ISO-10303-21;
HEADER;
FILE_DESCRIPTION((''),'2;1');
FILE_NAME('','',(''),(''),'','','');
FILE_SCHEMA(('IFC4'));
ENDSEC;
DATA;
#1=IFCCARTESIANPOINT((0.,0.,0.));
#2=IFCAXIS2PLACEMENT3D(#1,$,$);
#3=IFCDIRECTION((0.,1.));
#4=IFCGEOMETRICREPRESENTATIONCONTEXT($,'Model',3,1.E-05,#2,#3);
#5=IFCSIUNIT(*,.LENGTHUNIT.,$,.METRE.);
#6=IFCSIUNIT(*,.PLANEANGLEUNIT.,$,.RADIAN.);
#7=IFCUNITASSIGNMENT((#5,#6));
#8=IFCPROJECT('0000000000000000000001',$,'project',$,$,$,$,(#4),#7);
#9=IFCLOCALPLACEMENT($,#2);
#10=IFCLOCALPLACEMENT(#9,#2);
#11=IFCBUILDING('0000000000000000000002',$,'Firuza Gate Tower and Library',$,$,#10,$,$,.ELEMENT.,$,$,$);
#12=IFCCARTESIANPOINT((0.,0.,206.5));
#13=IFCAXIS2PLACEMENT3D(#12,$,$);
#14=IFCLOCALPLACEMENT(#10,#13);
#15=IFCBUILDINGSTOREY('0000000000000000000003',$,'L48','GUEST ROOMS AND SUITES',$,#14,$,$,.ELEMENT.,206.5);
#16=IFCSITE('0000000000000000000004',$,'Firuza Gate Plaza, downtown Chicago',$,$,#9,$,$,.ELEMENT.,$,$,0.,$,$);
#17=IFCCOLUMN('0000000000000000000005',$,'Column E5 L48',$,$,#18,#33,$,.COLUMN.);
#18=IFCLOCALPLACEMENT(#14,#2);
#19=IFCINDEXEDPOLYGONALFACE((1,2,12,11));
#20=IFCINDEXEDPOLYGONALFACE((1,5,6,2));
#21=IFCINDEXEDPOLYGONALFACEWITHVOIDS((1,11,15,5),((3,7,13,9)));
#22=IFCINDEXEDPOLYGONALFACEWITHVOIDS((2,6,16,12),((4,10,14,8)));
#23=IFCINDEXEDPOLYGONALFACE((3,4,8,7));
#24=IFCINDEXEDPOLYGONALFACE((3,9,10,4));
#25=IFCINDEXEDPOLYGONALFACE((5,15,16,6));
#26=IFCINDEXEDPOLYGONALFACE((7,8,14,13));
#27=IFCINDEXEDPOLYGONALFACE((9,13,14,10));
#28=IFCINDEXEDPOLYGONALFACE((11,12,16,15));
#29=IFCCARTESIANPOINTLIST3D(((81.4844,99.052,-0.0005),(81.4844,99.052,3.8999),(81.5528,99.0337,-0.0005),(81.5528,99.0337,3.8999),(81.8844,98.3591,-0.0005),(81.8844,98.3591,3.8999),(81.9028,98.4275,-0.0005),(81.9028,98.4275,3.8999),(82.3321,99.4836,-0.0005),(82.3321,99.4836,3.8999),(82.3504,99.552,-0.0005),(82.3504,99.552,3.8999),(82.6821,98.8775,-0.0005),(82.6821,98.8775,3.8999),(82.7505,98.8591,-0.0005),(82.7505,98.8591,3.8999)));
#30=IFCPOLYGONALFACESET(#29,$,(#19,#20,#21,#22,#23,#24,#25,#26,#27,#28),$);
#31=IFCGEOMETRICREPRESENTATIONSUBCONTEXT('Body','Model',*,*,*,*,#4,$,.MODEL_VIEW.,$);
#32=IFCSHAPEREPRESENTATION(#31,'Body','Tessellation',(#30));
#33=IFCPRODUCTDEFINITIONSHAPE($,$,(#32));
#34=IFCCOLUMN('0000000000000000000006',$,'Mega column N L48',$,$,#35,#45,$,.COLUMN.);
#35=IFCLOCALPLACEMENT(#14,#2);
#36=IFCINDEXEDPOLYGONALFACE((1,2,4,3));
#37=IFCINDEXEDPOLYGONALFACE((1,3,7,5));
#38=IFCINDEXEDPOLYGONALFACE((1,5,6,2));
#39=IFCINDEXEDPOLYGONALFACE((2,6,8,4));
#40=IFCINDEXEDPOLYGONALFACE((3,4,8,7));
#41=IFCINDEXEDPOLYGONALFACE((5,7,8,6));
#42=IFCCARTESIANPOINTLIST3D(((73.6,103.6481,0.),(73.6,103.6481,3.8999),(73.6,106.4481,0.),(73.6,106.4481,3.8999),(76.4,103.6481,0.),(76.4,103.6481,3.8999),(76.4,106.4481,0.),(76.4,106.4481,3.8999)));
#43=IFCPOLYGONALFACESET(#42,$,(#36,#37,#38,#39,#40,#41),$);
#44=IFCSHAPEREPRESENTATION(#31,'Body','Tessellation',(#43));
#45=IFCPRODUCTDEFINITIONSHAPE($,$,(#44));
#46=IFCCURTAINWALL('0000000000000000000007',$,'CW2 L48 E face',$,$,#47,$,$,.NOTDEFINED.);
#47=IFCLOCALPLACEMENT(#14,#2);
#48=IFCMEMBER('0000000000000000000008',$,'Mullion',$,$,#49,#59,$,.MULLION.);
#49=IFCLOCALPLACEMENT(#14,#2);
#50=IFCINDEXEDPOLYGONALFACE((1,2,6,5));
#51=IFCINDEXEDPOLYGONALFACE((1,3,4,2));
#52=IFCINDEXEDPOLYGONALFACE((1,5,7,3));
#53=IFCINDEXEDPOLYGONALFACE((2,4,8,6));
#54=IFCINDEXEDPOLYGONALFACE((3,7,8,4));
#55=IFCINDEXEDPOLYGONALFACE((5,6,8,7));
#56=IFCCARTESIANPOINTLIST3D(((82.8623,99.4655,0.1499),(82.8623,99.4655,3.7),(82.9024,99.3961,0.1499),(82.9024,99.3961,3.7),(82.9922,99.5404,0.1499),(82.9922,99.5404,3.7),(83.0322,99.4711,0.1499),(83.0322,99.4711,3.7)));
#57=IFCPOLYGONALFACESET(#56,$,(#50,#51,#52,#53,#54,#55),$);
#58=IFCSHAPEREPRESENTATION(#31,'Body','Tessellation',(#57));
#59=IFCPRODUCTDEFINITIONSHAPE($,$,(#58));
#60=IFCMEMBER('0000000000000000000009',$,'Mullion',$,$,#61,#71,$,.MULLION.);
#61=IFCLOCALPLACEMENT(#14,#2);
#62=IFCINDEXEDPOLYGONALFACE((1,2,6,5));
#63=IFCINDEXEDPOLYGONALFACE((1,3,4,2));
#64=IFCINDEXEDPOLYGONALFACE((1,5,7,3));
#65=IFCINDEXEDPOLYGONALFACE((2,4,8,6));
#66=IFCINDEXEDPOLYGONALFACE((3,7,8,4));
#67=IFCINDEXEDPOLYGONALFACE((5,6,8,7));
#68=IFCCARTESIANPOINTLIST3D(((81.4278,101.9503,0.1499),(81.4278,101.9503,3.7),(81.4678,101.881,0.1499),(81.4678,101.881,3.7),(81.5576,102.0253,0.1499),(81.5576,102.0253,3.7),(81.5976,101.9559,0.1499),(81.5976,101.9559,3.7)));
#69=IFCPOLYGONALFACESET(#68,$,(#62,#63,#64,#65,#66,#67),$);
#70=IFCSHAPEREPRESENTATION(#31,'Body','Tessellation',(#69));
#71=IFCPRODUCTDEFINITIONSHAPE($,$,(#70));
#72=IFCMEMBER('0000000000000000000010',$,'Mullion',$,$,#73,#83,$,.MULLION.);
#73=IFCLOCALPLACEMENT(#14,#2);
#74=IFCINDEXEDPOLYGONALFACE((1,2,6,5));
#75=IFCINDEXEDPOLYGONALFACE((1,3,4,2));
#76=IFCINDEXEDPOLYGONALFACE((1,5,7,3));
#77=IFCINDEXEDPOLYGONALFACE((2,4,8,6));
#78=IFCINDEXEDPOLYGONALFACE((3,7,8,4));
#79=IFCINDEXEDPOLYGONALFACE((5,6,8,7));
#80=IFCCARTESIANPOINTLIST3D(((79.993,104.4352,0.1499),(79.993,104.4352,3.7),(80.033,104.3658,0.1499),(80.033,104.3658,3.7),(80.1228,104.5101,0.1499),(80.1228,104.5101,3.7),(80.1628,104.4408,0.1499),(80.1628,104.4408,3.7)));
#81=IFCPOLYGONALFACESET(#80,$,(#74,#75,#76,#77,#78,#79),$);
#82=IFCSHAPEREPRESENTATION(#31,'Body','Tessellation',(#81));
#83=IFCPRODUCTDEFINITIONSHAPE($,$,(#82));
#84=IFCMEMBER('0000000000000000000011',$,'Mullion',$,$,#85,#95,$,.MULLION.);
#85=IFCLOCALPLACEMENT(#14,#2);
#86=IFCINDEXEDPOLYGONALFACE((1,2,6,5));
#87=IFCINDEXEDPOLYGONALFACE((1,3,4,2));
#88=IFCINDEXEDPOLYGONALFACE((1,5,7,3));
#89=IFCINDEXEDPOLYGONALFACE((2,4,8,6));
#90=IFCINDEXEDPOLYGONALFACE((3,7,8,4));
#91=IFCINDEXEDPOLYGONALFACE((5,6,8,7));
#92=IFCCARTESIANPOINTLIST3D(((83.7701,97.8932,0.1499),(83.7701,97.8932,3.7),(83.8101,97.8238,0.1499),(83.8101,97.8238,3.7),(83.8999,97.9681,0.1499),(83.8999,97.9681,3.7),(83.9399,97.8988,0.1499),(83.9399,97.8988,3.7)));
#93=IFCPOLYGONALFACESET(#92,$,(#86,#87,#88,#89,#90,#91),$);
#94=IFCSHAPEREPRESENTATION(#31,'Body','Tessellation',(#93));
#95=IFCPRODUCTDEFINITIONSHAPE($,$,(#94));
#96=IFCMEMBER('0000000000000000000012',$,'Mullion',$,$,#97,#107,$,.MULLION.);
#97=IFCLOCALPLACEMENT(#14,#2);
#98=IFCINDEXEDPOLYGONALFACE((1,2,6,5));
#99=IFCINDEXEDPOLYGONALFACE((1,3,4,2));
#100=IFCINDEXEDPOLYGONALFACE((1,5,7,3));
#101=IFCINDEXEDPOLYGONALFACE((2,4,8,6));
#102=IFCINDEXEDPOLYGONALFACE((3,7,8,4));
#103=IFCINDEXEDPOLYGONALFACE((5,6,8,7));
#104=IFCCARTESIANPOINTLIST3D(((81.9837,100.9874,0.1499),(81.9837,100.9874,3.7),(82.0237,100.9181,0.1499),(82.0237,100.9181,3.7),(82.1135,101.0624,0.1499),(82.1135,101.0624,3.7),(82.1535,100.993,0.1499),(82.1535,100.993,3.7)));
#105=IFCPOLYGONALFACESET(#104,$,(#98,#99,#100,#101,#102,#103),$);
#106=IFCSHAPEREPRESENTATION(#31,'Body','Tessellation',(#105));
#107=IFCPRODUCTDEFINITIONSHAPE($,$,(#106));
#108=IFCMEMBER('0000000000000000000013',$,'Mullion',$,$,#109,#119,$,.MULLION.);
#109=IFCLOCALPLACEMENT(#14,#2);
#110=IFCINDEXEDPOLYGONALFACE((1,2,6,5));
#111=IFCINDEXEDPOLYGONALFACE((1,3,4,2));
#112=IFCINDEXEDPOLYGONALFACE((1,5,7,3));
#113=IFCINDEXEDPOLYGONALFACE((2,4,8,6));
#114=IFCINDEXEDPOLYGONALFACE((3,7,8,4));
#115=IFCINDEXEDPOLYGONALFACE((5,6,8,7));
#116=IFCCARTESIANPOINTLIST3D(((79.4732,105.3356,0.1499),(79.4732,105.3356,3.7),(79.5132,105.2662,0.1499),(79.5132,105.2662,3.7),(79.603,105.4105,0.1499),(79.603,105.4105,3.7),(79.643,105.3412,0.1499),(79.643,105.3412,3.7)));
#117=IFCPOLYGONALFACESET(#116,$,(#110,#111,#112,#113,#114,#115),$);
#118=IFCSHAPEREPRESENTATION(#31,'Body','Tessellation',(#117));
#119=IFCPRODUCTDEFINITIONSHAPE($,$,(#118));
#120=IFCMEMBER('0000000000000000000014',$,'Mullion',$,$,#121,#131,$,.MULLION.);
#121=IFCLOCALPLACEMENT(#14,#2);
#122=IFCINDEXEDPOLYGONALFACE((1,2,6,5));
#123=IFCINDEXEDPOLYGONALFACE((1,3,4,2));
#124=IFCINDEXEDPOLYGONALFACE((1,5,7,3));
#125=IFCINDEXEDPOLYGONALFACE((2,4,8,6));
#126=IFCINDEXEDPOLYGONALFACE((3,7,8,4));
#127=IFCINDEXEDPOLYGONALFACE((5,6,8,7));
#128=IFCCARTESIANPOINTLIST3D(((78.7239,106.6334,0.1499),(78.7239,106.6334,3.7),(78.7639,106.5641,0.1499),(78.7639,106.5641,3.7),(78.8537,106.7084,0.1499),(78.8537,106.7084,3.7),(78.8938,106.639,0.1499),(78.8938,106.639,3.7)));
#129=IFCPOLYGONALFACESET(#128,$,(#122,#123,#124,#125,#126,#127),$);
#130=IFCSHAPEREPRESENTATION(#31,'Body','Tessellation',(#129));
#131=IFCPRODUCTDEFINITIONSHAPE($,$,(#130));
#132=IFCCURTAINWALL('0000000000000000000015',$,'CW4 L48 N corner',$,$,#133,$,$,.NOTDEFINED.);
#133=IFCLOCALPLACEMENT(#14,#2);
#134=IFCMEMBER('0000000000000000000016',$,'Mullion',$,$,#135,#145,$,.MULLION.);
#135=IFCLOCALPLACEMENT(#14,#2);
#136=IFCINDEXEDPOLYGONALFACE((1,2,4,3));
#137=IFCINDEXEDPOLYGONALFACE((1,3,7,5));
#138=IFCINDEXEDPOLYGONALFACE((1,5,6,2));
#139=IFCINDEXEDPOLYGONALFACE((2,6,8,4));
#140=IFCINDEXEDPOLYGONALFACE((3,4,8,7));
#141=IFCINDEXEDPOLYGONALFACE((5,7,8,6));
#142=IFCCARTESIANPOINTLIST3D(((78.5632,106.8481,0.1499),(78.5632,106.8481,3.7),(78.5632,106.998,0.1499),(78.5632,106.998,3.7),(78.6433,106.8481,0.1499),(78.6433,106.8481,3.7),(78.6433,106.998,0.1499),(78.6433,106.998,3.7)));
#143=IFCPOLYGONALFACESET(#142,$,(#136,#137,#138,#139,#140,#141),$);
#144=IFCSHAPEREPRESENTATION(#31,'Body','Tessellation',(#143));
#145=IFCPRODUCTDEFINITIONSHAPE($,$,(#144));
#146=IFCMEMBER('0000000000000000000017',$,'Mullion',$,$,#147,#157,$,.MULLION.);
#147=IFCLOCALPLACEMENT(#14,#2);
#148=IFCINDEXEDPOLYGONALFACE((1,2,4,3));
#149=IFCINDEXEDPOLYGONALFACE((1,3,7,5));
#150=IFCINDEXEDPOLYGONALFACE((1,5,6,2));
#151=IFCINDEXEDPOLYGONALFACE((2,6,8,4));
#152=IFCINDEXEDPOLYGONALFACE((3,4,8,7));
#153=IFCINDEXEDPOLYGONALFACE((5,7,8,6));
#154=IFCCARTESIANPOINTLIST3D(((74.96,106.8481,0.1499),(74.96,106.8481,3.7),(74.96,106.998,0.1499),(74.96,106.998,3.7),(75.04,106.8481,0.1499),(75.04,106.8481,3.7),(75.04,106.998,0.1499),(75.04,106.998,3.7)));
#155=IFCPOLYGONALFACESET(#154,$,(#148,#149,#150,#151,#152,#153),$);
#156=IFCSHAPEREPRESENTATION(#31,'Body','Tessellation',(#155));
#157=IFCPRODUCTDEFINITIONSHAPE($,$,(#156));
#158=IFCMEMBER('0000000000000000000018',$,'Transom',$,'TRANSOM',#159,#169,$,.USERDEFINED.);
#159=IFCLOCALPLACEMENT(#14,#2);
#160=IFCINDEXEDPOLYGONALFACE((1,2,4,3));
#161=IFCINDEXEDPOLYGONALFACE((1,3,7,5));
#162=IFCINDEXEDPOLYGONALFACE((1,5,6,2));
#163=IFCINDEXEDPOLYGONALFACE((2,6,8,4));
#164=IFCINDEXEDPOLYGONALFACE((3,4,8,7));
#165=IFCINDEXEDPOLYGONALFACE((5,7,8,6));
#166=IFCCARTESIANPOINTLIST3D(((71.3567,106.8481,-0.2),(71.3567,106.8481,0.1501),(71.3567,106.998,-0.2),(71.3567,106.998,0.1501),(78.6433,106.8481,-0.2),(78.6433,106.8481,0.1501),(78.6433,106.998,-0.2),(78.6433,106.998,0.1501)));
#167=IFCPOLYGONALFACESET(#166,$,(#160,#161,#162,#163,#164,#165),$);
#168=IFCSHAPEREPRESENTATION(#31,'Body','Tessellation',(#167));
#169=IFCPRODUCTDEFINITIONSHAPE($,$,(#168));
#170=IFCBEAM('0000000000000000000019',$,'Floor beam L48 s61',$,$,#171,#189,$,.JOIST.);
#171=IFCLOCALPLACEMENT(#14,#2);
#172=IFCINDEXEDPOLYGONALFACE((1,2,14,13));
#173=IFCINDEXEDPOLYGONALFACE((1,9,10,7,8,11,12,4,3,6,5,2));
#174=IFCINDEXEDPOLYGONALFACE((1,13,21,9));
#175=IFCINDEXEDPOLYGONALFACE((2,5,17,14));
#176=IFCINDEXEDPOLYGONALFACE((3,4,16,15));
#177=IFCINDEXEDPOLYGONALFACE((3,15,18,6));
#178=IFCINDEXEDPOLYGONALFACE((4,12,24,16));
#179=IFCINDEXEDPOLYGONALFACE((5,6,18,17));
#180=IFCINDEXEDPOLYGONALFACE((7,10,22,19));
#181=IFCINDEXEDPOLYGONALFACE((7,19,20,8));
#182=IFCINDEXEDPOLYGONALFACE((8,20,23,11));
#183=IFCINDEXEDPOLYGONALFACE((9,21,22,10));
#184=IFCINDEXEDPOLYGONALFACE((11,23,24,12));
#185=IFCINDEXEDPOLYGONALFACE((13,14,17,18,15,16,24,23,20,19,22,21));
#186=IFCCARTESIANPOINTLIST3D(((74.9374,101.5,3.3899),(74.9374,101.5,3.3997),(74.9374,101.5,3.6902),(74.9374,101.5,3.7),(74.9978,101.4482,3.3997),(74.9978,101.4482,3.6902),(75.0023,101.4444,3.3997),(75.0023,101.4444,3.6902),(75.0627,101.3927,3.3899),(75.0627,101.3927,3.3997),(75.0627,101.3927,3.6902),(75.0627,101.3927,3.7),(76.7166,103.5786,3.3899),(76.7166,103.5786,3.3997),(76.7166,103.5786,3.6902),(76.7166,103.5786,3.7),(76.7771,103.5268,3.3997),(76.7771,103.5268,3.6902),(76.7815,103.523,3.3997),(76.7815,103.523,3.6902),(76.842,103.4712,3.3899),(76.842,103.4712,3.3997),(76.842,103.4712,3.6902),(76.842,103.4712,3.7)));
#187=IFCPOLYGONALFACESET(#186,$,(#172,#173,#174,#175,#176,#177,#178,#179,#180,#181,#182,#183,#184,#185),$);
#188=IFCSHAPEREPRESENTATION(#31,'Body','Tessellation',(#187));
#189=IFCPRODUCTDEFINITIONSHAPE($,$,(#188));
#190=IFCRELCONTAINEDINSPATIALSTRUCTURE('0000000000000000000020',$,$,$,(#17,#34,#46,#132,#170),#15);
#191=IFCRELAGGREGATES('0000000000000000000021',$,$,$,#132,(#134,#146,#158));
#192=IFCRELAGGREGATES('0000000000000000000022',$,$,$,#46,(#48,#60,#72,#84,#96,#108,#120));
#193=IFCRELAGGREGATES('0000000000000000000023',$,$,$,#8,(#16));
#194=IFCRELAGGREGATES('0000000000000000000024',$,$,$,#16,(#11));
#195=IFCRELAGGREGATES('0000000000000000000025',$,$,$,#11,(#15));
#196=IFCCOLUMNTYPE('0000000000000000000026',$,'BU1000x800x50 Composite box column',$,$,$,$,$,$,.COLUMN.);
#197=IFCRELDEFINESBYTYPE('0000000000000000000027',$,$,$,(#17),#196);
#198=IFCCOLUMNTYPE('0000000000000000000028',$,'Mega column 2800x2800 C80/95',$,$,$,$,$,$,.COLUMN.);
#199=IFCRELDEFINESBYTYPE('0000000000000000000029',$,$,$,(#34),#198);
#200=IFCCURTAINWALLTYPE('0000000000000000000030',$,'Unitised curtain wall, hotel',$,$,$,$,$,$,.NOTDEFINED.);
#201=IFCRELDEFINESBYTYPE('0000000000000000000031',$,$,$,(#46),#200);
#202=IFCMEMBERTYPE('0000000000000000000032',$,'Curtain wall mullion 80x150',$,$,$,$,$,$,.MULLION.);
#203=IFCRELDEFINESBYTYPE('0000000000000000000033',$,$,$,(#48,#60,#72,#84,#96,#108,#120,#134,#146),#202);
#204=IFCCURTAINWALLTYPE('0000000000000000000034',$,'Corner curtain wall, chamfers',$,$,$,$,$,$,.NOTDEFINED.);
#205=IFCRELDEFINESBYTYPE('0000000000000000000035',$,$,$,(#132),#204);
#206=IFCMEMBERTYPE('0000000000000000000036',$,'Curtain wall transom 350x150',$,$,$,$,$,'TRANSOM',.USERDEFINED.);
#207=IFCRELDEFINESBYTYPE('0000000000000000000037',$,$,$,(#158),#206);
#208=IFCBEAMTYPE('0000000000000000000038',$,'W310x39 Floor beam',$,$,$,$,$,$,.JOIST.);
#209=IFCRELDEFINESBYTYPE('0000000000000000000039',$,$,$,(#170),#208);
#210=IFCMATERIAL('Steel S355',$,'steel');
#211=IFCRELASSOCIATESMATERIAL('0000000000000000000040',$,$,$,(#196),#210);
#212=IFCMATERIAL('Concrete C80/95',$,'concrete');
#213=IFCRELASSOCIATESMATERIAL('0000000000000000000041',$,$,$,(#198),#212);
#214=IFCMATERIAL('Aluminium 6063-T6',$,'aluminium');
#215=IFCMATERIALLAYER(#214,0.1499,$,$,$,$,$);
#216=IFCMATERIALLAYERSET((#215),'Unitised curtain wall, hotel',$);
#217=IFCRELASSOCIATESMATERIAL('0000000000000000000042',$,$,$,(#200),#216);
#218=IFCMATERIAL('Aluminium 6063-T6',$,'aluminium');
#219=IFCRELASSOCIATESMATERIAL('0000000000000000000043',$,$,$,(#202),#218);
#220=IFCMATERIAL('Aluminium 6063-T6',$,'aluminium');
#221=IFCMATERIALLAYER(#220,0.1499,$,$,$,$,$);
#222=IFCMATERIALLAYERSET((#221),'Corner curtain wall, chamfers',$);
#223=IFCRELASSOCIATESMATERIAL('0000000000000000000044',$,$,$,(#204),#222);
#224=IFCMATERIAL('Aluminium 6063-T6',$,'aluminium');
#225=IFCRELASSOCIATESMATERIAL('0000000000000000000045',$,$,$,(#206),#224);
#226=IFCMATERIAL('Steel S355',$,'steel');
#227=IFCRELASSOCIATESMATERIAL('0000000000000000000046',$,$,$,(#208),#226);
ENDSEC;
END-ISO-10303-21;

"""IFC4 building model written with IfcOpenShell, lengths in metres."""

from ifc_helpers import new_model, si_unit, direction, frame, origin, origin_2d, place, context, subcontext, project, spatial, rectangle, hollow_rectangle, i_section, extrude, material, layer, layer_set, material_profile, profile_set, type_object, element, aggregate, save


model = new_model("IFC4")

# Units and contexts
model_context = context("Model", 3, precision=1e-05, world=origin(), true_north=direction((0.0, 1.0)))
body_context = subcontext(model_context, "Body", "Model", "MODEL_VIEW")
ifc_project = project(units=[si_unit("LENGTHUNIT", "METRE"), si_unit("PLANEANGLEUNIT", "RADIAN")], contexts=[model_context])

# Site, building, storey
site_placement = place(None, origin())
site = spatial("IfcSite", under=ifc_project, at=site_placement, Name="Firuza Gate Plaza, downtown Chicago", CompositionType="ELEMENT", RefElevation=0.0)
building_placement = place(site_placement, origin())
building = spatial("IfcBuilding", under=site, at=building_placement, Name="Firuza Gate Tower and Library", CompositionType="ELEMENT")
storey_placement = place(building_placement, frame((0.0, 0.0, 206.5)))
storey = spatial("IfcBuildingStorey", under=building, at=storey_placement, Name="L48", Description="GUEST ROOMS AND SUITES", CompositionType="ELEMENT", Elevation=206.5)

# Columns
ifc_material_1 = material(Name="Steel S355", Category="steel")
ifc_material_profile_1 = material_profile(ifc_material_1, hollow_rectangle(XDim=0.8, YDim=1.0, WallThickness=0.05, at=origin_2d()))
ifc_profile_set_1 = profile_set([ifc_material_profile_1], Name="Steel S355")
column_type_1 = type_object("IfcColumnType", Name="BU1000x800x50 Composite box column", PredefinedType="COLUMN", material=ifc_profile_set_1)
column_1_placement = place(storey_placement, frame((82.1174, 98.9556, -0.0005), z_axis=(0.0, 0.0, 1.0), x_axis=(-0.5, 0.866025, 0.0)))
element("IfcColumn", 1, at=column_1_placement, inside=storey, type_object=column_type_1, Name="Column E5 L48", PredefinedType="COLUMN", context=body_context, shape_type="SweptSolid", body=[
    extrude(hollow_rectangle(XDim=0.8, YDim=1.0, WallThickness=0.05, at=origin_2d()), origin(), (0.0, 0.0, 1.0), 3.9004),
])
ifc_material_2 = material(Name="Concrete C80/95", Category="concrete")
ifc_material_profile_2 = material_profile(ifc_material_2, rectangle(XDim=2.8, YDim=2.8, at=origin_2d()))
ifc_profile_set_2 = profile_set([ifc_material_profile_2], Name="Concrete C80/95")
column_type_2 = type_object("IfcColumnType", Name="Mega column 2800x2800 C80/95", PredefinedType="COLUMN", material=ifc_profile_set_2)
column_2_placement = place(storey_placement, frame((75.0, 105.0481, 0.0), z_axis=(0.0, 0.0, 1.0), x_axis=(-1.0, 0.0, 0.0)))
element("IfcColumn", 2, at=column_2_placement, inside=storey, type_object=column_type_2, Name="Mega column N L48", PredefinedType="COLUMN", context=body_context, shape_type="SweptSolid", body=[
    extrude(rectangle(XDim=2.8, YDim=2.8, at=origin_2d()), origin(), (0.0, 0.0, 1.0), 3.8999),
])

# Curtain walls, members
ifc_material_3 = material(Name="Aluminium 6063-T6", Category="aluminium")
ifc_layer_1 = layer(ifc_material_3, 0.1499)
ifc_layer_set_1 = layer_set([ifc_layer_1], Name="Unitised curtain wall, hotel")
curtain_wall_type_1 = type_object("IfcCurtainWallType", Name="Unitised curtain wall, hotel", PredefinedType="NOTDEFINED", material=ifc_layer_set_1)
placement = place(storey_placement, origin())
curtain_wall_1 = element("IfcCurtainWall", 3, at=placement, inside=storey, type_object=curtain_wall_type_1, Name="CW2 L48 E face", PredefinedType="NOTDEFINED")
ifc_material_4 = material(Name="Aluminium 6063-T6", Category="aluminium")
ifc_material_profile_3 = material_profile(ifc_material_4, rectangle(XDim=0.1499, YDim=0.0801, at=origin_2d()))
ifc_profile_set_3 = profile_set([ifc_material_profile_3], Name="Aluminium 6063-T6")
member_type_1 = type_object("IfcMemberType", Name="Curtain wall mullion 80x150", PredefinedType="MULLION", material=ifc_profile_set_3)
member_1_placement = place(storey_placement, frame((82.9473, 99.4683, 0.1499), z_axis=(0.0, 0.0, 1.0), x_axis=(-0.866025, -0.5, 0.0)))
member_1 = element("IfcMember", 4, at=member_1_placement, type_object=member_type_1, Name="Mullion", PredefinedType="MULLION", context=body_context, shape_type="SweptSolid", body=[
    extrude(rectangle(XDim=0.1499, YDim=0.0801, at=origin_2d()), origin(), (0.0, 0.0, 1.0), 3.55),
])
member_2_placement = place(storey_placement, frame((81.5127, 101.9531, 0.1499), z_axis=(0.0, 0.0, 1.0), x_axis=(-0.866025, -0.5, 0.0)))
member_2 = element("IfcMember", 5, at=member_2_placement, type_object=member_type_1, Name="Mullion", PredefinedType="MULLION", context=body_context, shape_type="SweptSolid", body=[
    extrude(rectangle(XDim=0.1499, YDim=0.0801, at=origin_2d()), origin(), (0.0, 0.0, 1.0), 3.55),
])
member_3_placement = place(storey_placement, frame((80.0779, 104.438, 0.1499), z_axis=(0.0, 0.0, 1.0), x_axis=(-0.866025, -0.5, 0.0)))
member_3 = element("IfcMember", 6, at=member_3_placement, type_object=member_type_1, Name="Mullion", PredefinedType="MULLION", context=body_context, shape_type="SweptSolid", body=[
    extrude(rectangle(XDim=0.1499, YDim=0.0801, at=origin_2d()), origin(), (0.0, 0.0, 1.0), 3.55),
])
member_4_placement = place(storey_placement, frame((83.855, 97.896, 0.1499), z_axis=(0.0, 0.0, 1.0), x_axis=(-0.866025, -0.5, 0.0)))
member_4 = element("IfcMember", 7, at=member_4_placement, type_object=member_type_1, Name="Mullion", PredefinedType="MULLION", context=body_context, shape_type="SweptSolid", body=[
    extrude(rectangle(XDim=0.1499, YDim=0.0801, at=origin_2d()), origin(), (0.0, 0.0, 1.0), 3.55),
])
member_5_placement = place(storey_placement, frame((82.0686, 100.9902, 0.1499), z_axis=(0.0, 0.0, 1.0), x_axis=(-0.866025, -0.5, 0.0)))
member_5 = element("IfcMember", 8, at=member_5_placement, type_object=member_type_1, Name="Mullion", PredefinedType="MULLION", context=body_context, shape_type="SweptSolid", body=[
    extrude(rectangle(XDim=0.1499, YDim=0.0801, at=origin_2d()), origin(), (0.0, 0.0, 1.0), 3.55),
])
member_6_placement = place(storey_placement, frame((79.5581, 105.3384, 0.1499), z_axis=(0.0, 0.0, 1.0), x_axis=(-0.866025, -0.5, 0.0)))
member_6 = element("IfcMember", 9, at=member_6_placement, type_object=member_type_1, Name="Mullion", PredefinedType="MULLION", context=body_context, shape_type="SweptSolid", body=[
    extrude(rectangle(XDim=0.1499, YDim=0.0801, at=origin_2d()), origin(), (0.0, 0.0, 1.0), 3.55),
])
member_7_placement = place(storey_placement, frame((78.8088, 106.6362, 0.1499), z_axis=(0.0, 0.0, 1.0), x_axis=(-0.866025, -0.5, 0.0)))
member_7 = element("IfcMember", 10, at=member_7_placement, type_object=member_type_1, Name="Mullion", PredefinedType="MULLION", context=body_context, shape_type="SweptSolid", body=[
    extrude(rectangle(XDim=0.1499, YDim=0.0801, at=origin_2d()), origin(), (0.0, 0.0, 1.0), 3.55),
])
ifc_material_5 = material(Name="Aluminium 6063-T6", Category="aluminium")
ifc_layer_2 = layer(ifc_material_5, 0.1499)
ifc_layer_set_2 = layer_set([ifc_layer_2], Name="Corner curtain wall, chamfers")
curtain_wall_type_2 = type_object("IfcCurtainWallType", Name="Corner curtain wall, chamfers", PredefinedType="NOTDEFINED", material=ifc_layer_set_2)
curtain_wall_2 = element("IfcCurtainWall", 11, at=placement, inside=storey, type_object=curtain_wall_type_2, Name="CW4 L48 N corner", PredefinedType="NOTDEFINED")
member_8_placement = place(storey_placement, frame((78.6033, 106.9231, 0.1499), z_axis=(0.0, 0.0, 1.0), x_axis=(0.0, -1.0, 0.0)))
member_8 = element("IfcMember", 12, at=member_8_placement, type_object=member_type_1, Name="Mullion", PredefinedType="MULLION", context=body_context, shape_type="SweptSolid", body=[
    extrude(rectangle(XDim=0.1499, YDim=0.0801, at=origin_2d()), origin(), (0.0, 0.0, 1.0), 3.55),
])
member_9_placement = place(storey_placement, frame((75.0, 106.9231, 0.1499), z_axis=(0.0, 0.0, 1.0), x_axis=(0.0, -1.0, 0.0)))
member_9 = element("IfcMember", 13, at=member_9_placement, type_object=member_type_1, Name="Mullion", PredefinedType="MULLION", context=body_context, shape_type="SweptSolid", body=[
    extrude(rectangle(XDim=0.1499, YDim=0.0801, at=origin_2d()), origin(), (0.0, 0.0, 1.0), 3.55),
])
ifc_material_6 = material(Name="Aluminium 6063-T6", Category="aluminium")
ifc_material_profile_4 = material_profile(ifc_material_6, rectangle(XDim=0.1499, YDim=0.3501, at=origin_2d()))
ifc_profile_set_4 = profile_set([ifc_material_profile_4], Name="Aluminium 6063-T6")
member_type_2 = type_object("IfcMemberType", Name="Curtain wall transom 350x150", ElementType="TRANSOM", PredefinedType="USERDEFINED", material=ifc_profile_set_4)
member_10_placement = place(storey_placement, frame((78.6433, 106.9231, -0.0249), z_axis=(-1.0, 0.0, 0.0), x_axis=(0.0, -1.0, 0.0)))
member_10 = element("IfcMember", 14, at=member_10_placement, type_object=member_type_2, Name="Transom", ObjectType="TRANSOM", PredefinedType="USERDEFINED", context=body_context, shape_type="SweptSolid", body=[
    extrude(rectangle(XDim=0.1499, YDim=0.3501, at=origin_2d()), origin(), (0.0, 0.0, 1.0), 7.2866),
])

# Beam
ifc_material_7 = material(Name="Steel S355", Category="steel")
ifc_material_profile_5 = material_profile(ifc_material_7, i_section(OverallWidth=0.165, OverallDepth=0.3101, WebThickness=0.0059, FlangeThickness=0.0098, at=origin_2d()))
ifc_profile_set_5 = profile_set([ifc_material_profile_5], Name="Steel S355")
beam_type_1 = type_object("IfcBeamType", Name="W310x39 Floor beam", PredefinedType="JOIST", material=ifc_profile_set_5)
beam_1_placement = place(storey_placement, frame((76.7793, 103.5249, 3.5449), z_axis=(-0.650292, -0.759685, 0.0), x_axis=(0.759685, -0.650292, 0.0)))
element("IfcBeam", 15, at=beam_1_placement, inside=storey, type_object=beam_type_1, Name="Floor beam L48 s61", PredefinedType="JOIST", context=body_context, shape_type="SweptSolid", body=[
    extrude(i_section(OverallWidth=0.165, OverallDepth=0.3101, WebThickness=0.0059, FlangeThickness=0.0098, at=origin_2d()), origin(), (0.0, 0.0, 1.0), 2.7361),
])

aggregate(curtain_wall_2, [member_8, member_9, member_10])
aggregate(curtain_wall_1, [member_1, member_2, member_3, member_4, member_5, member_6, member_7])

save(model, "model.ifc")
